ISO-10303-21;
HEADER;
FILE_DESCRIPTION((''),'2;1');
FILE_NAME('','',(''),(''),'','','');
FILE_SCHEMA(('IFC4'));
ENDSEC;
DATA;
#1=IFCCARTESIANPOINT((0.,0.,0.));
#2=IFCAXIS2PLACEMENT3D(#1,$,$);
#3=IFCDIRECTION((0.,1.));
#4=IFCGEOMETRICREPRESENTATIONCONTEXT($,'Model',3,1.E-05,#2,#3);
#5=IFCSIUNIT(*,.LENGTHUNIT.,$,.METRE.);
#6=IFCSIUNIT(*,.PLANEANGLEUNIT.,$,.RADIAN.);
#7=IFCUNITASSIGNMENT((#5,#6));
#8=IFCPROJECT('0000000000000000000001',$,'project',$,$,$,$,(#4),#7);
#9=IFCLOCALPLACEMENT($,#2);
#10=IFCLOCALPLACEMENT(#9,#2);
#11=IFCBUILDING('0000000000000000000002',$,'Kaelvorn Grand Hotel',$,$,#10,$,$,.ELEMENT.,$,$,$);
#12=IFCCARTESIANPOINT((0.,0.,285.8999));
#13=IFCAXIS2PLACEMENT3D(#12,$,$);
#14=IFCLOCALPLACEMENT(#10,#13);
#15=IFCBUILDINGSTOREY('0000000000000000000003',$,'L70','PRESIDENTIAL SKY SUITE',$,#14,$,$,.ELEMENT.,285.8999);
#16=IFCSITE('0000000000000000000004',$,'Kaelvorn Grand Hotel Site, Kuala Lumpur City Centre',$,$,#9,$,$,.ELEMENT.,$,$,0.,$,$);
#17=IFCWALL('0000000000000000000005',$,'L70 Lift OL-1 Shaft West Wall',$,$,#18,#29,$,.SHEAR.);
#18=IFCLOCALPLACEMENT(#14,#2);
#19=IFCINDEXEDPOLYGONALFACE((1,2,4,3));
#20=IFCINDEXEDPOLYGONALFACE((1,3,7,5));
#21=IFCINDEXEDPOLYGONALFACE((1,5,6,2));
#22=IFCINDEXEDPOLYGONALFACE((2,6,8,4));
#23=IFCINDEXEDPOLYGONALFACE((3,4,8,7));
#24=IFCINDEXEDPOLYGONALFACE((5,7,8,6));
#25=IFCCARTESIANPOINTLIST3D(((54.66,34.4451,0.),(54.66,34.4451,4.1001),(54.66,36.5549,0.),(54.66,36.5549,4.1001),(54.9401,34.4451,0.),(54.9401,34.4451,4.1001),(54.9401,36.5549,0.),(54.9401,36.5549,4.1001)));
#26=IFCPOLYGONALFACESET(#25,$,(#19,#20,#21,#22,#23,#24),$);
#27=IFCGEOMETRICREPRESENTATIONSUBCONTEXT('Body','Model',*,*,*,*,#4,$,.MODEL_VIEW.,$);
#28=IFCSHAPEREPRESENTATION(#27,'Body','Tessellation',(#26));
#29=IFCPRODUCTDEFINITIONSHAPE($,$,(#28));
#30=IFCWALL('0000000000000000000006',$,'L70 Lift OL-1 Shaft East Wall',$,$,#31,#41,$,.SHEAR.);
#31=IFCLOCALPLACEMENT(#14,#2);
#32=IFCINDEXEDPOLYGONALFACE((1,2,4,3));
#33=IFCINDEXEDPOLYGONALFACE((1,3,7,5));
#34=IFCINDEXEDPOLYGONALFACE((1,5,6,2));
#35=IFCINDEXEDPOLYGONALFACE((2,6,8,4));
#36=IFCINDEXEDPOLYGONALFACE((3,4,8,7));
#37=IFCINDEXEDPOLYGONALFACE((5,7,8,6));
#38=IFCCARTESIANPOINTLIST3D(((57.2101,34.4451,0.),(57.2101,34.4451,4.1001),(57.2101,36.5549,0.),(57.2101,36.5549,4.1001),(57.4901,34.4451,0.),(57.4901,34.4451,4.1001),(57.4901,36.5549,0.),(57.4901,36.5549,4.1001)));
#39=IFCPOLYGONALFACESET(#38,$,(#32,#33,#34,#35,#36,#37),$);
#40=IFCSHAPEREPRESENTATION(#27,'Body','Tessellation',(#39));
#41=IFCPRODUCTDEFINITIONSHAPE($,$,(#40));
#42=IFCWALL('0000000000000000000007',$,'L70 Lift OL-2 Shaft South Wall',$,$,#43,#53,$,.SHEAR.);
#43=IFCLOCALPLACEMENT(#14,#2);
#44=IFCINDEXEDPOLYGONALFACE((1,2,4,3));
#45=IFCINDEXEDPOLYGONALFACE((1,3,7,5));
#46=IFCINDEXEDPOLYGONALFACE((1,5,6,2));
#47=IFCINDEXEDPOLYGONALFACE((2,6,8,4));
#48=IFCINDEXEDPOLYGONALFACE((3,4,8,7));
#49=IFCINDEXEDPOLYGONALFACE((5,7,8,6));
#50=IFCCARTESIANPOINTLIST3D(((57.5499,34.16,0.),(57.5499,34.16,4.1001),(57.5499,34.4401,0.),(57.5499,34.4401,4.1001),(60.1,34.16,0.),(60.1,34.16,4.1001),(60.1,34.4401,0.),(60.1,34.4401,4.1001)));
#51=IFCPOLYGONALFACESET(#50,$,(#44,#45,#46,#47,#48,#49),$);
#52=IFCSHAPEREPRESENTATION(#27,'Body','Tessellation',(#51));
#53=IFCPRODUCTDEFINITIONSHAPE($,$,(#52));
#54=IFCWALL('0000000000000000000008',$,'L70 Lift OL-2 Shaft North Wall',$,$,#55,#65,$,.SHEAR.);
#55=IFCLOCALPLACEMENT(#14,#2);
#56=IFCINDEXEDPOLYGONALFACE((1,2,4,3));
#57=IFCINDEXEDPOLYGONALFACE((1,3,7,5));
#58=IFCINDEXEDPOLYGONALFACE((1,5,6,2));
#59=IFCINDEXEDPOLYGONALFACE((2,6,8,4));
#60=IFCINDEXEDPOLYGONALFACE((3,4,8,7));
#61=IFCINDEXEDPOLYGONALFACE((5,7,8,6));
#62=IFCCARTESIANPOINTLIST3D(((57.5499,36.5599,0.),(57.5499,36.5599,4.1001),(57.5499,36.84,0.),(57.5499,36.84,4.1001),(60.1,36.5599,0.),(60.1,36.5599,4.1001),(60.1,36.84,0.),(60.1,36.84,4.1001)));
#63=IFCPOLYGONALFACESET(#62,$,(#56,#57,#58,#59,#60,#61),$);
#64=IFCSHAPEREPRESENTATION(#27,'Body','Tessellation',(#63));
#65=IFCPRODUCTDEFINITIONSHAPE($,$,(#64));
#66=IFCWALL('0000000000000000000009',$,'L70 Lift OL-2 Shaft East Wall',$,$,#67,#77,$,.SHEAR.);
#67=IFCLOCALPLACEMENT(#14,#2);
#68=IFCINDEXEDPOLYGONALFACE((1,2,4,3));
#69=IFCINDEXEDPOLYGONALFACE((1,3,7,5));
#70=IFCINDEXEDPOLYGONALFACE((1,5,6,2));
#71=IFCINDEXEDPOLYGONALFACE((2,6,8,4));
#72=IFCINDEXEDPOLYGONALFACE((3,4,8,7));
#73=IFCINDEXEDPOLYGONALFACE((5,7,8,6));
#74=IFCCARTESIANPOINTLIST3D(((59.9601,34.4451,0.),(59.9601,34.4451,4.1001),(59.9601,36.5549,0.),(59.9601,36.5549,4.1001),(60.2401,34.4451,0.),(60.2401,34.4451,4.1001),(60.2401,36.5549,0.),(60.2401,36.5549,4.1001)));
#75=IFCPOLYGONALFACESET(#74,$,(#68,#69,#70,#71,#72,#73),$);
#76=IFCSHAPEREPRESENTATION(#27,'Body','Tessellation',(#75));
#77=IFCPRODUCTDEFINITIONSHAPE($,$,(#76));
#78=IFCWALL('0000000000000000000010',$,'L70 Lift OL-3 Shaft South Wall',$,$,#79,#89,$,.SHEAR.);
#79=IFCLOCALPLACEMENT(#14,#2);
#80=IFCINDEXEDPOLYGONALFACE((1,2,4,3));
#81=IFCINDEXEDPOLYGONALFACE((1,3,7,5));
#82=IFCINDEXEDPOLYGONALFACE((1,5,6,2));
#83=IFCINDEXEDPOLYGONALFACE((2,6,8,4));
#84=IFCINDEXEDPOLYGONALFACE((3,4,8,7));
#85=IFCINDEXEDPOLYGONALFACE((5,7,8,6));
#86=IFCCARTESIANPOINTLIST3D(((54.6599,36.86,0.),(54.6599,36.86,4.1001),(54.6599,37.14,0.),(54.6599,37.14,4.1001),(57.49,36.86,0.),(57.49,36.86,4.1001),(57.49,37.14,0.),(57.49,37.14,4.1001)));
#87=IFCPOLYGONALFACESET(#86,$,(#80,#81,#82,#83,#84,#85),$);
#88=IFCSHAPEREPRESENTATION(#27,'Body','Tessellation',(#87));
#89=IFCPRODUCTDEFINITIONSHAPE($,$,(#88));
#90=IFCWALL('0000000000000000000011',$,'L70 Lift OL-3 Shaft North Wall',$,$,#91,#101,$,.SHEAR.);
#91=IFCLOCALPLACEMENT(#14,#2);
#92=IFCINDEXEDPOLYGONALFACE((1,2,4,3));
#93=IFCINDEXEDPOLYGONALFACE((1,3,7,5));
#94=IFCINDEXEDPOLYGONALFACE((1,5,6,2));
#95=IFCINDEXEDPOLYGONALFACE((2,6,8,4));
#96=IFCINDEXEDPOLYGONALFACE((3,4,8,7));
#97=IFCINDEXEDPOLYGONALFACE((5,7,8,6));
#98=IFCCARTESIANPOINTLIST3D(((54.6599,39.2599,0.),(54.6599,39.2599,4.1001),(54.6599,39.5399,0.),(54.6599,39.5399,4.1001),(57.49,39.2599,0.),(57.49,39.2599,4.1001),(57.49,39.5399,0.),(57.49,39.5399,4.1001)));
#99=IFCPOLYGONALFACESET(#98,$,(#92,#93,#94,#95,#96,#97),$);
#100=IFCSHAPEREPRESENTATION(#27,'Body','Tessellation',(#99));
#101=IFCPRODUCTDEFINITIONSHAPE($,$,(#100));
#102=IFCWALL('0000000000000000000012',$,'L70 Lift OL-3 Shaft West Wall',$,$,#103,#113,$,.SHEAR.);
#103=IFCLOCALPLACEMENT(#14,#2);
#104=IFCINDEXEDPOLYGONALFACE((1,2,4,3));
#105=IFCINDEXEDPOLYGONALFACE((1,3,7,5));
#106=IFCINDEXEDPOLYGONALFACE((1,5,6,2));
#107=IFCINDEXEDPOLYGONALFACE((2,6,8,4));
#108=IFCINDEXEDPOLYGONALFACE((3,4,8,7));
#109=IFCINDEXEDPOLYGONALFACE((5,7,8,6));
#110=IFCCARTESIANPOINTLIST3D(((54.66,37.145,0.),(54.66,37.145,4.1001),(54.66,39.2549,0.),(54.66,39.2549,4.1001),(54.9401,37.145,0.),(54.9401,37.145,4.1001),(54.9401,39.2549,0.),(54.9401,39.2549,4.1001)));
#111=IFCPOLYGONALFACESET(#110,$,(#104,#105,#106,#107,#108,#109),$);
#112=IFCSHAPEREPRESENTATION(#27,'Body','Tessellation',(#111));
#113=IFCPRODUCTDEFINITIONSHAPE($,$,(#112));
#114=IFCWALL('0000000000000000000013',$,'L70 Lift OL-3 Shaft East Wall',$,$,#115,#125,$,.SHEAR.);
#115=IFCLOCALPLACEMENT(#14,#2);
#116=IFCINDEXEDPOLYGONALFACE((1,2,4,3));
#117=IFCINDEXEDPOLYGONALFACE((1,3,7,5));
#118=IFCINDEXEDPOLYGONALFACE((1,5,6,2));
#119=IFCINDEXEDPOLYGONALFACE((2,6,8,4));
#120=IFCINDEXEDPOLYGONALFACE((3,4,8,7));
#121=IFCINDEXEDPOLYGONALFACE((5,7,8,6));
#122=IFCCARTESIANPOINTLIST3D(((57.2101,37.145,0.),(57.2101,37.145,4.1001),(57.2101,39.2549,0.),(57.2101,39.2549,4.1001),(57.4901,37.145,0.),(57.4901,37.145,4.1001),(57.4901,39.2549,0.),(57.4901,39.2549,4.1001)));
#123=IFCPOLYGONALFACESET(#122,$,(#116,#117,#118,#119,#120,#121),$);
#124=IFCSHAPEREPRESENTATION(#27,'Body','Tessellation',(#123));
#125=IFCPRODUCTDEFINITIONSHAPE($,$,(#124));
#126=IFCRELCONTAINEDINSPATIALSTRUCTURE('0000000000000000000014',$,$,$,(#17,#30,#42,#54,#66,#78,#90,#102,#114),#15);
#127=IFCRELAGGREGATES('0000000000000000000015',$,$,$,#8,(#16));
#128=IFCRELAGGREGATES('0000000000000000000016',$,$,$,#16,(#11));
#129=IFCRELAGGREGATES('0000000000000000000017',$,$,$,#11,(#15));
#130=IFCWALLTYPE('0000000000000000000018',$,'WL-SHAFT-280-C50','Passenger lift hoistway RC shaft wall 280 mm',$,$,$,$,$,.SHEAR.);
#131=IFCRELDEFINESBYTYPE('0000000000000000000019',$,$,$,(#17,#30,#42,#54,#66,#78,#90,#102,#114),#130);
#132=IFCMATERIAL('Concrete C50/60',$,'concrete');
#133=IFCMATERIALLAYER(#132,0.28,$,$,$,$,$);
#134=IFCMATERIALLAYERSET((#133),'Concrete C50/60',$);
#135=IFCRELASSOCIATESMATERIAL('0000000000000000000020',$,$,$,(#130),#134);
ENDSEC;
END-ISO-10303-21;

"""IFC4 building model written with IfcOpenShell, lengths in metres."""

from ifc_helpers import new_model, si_unit, direction, frame, frame_2d, origin, place, context, subcontext, project, spatial, rectangle, extrude, material, layer, layer_set, type_object, element, save


model = new_model("IFC4")

# Units and contexts
model_context = context("Model", 3, precision=1e-05, world=origin(), true_north=direction((0.0, 1.0)))
body_context = subcontext(model_context, "Body", "Model", "MODEL_VIEW")
ifc_project = project(units=[si_unit("LENGTHUNIT", "METRE"), si_unit("PLANEANGLEUNIT", "RADIAN")], contexts=[model_context])

# Site, building, storey
site_placement = place(None, origin())
site = spatial("IfcSite", under=ifc_project, at=site_placement, Name="Kaelvorn Grand Hotel Site, Kuala Lumpur City Centre", CompositionType="ELEMENT", RefElevation=0.0)
building_placement = place(site_placement, origin())
building = spatial("IfcBuilding", under=site, at=building_placement, Name="Kaelvorn Grand Hotel", CompositionType="ELEMENT")
storey_placement = place(building_placement, frame((0.0, 0.0, 285.8999)))
storey = spatial("IfcBuildingStorey", under=building, at=storey_placement, Name="L70", Description="PRESIDENTIAL SKY SUITE", CompositionType="ELEMENT", Elevation=285.8999)

# Shared definitions
ifc_material_1 = material(Name="Concrete C50/60", Category="concrete")

# Walls
ifc_layer_1 = layer(ifc_material_1, 0.28)
ifc_layer_set_1 = layer_set([ifc_layer_1], Name="Concrete C50/60")
wall_type_1 = type_object("IfcWallType", Name="WL-SHAFT-280-C50", Description="Passenger lift hoistway RC shaft wall 280 mm", PredefinedType="SHEAR", material=ifc_layer_set_1)
for number, where, z_axis, x_axis, name in (
    (1, (54.8, 34.4451, 0.0), (0.0, 0.0, 1.0), (0.0, 1.0, 0.0), "L70 Lift OL-1 Shaft West Wall"),
    (2, (57.3501, 34.4451, 0.0), (0.0, 0.0, 1.0), (0.0, 1.0, 0.0), "L70 Lift OL-1 Shaft East Wall"),
):
    element("IfcWall", number, at=place(storey_placement, frame(where, z_axis=z_axis, x_axis=x_axis)), inside=storey, type_object=wall_type_1, Name=name, PredefinedType="SHEAR", context=body_context, shape_type="SweptSolid", body=[
        extrude(rectangle(XDim=2.1099, YDim=0.28, at=frame_2d((1.0549, 0.0))), origin(), (0.0, 0.0, 1.0), 4.1001),
    ])
for number, where, z_axis, x_axis, name in (
    (3, (57.55, 34.3, 0.0), (0.0, 0.0, 1.0), (1.0, 0.0, 0.0), "L70 Lift OL-2 Shaft South Wall"),
    (4, (57.55, 36.7, 0.0), (0.0, 0.0, 1.0), (1.0, 0.0, 0.0), "L70 Lift OL-2 Shaft North Wall"),
):
    element("IfcWall", number, at=place(storey_placement, frame(where, z_axis=z_axis, x_axis=x_axis)), inside=storey, type_object=wall_type_1, Name=name, PredefinedType="SHEAR", context=body_context, shape_type="SweptSolid", body=[
        extrude(rectangle(XDim=2.55, YDim=0.28, at=frame_2d((1.2749, 0.0))), origin(), (0.0, 0.0, 1.0), 4.1001),
    ])
wall_1_placement = place(storey_placement, frame((60.1001, 34.4451, 0.0), z_axis=(0.0, 0.0, 1.0), x_axis=(0.0, 1.0, 0.0)))
element("IfcWall", 5, at=wall_1_placement, inside=storey, type_object=wall_type_1, Name="L70 Lift OL-2 Shaft East Wall", PredefinedType="SHEAR", context=body_context, shape_type="SweptSolid", body=[
    extrude(rectangle(XDim=2.1099, YDim=0.28, at=frame_2d((1.0549, 0.0))), origin(), (0.0, 0.0, 1.0), 4.1001),
])
for number, where, z_axis, x_axis, name in (
    (6, (54.6599, 37.0, 0.0), (0.0, 0.0, 1.0), (1.0, 0.0, 0.0), "L70 Lift OL-3 Shaft South Wall"),
    (7, (54.6599, 39.3999, 0.0), (0.0, 0.0, 1.0), (1.0, 0.0, 0.0), "L70 Lift OL-3 Shaft North Wall"),
):
    element("IfcWall", number, at=place(storey_placement, frame(where, z_axis=z_axis, x_axis=x_axis)), inside=storey, type_object=wall_type_1, Name=name, PredefinedType="SHEAR", context=body_context, shape_type="SweptSolid", body=[
        extrude(rectangle(XDim=2.8301, YDim=0.28, at=frame_2d((1.415, 0.0))), origin(), (0.0, 0.0, 1.0), 4.1001),
    ])
for number, where, z_axis, x_axis, name in (
    (8, (54.8, 37.145, 0.0), (0.0, 0.0, 1.0), (0.0, 1.0, 0.0), "L70 Lift OL-3 Shaft West Wall"),
    (9, (57.3501, 37.145, 0.0), (0.0, 0.0, 1.0), (0.0, 1.0, 0.0), "L70 Lift OL-3 Shaft East Wall"),
):
    element("IfcWall", number, at=place(storey_placement, frame(where, z_axis=z_axis, x_axis=x_axis)), inside=storey, type_object=wall_type_1, Name=name, PredefinedType="SHEAR", context=body_context, shape_type="SweptSolid", body=[
        extrude(rectangle(XDim=2.1099, YDim=0.28, at=frame_2d((1.0549, 0.0))), origin(), (0.0, 0.0, 1.0), 4.1001),
    ])

save(model, "model.ifc")
